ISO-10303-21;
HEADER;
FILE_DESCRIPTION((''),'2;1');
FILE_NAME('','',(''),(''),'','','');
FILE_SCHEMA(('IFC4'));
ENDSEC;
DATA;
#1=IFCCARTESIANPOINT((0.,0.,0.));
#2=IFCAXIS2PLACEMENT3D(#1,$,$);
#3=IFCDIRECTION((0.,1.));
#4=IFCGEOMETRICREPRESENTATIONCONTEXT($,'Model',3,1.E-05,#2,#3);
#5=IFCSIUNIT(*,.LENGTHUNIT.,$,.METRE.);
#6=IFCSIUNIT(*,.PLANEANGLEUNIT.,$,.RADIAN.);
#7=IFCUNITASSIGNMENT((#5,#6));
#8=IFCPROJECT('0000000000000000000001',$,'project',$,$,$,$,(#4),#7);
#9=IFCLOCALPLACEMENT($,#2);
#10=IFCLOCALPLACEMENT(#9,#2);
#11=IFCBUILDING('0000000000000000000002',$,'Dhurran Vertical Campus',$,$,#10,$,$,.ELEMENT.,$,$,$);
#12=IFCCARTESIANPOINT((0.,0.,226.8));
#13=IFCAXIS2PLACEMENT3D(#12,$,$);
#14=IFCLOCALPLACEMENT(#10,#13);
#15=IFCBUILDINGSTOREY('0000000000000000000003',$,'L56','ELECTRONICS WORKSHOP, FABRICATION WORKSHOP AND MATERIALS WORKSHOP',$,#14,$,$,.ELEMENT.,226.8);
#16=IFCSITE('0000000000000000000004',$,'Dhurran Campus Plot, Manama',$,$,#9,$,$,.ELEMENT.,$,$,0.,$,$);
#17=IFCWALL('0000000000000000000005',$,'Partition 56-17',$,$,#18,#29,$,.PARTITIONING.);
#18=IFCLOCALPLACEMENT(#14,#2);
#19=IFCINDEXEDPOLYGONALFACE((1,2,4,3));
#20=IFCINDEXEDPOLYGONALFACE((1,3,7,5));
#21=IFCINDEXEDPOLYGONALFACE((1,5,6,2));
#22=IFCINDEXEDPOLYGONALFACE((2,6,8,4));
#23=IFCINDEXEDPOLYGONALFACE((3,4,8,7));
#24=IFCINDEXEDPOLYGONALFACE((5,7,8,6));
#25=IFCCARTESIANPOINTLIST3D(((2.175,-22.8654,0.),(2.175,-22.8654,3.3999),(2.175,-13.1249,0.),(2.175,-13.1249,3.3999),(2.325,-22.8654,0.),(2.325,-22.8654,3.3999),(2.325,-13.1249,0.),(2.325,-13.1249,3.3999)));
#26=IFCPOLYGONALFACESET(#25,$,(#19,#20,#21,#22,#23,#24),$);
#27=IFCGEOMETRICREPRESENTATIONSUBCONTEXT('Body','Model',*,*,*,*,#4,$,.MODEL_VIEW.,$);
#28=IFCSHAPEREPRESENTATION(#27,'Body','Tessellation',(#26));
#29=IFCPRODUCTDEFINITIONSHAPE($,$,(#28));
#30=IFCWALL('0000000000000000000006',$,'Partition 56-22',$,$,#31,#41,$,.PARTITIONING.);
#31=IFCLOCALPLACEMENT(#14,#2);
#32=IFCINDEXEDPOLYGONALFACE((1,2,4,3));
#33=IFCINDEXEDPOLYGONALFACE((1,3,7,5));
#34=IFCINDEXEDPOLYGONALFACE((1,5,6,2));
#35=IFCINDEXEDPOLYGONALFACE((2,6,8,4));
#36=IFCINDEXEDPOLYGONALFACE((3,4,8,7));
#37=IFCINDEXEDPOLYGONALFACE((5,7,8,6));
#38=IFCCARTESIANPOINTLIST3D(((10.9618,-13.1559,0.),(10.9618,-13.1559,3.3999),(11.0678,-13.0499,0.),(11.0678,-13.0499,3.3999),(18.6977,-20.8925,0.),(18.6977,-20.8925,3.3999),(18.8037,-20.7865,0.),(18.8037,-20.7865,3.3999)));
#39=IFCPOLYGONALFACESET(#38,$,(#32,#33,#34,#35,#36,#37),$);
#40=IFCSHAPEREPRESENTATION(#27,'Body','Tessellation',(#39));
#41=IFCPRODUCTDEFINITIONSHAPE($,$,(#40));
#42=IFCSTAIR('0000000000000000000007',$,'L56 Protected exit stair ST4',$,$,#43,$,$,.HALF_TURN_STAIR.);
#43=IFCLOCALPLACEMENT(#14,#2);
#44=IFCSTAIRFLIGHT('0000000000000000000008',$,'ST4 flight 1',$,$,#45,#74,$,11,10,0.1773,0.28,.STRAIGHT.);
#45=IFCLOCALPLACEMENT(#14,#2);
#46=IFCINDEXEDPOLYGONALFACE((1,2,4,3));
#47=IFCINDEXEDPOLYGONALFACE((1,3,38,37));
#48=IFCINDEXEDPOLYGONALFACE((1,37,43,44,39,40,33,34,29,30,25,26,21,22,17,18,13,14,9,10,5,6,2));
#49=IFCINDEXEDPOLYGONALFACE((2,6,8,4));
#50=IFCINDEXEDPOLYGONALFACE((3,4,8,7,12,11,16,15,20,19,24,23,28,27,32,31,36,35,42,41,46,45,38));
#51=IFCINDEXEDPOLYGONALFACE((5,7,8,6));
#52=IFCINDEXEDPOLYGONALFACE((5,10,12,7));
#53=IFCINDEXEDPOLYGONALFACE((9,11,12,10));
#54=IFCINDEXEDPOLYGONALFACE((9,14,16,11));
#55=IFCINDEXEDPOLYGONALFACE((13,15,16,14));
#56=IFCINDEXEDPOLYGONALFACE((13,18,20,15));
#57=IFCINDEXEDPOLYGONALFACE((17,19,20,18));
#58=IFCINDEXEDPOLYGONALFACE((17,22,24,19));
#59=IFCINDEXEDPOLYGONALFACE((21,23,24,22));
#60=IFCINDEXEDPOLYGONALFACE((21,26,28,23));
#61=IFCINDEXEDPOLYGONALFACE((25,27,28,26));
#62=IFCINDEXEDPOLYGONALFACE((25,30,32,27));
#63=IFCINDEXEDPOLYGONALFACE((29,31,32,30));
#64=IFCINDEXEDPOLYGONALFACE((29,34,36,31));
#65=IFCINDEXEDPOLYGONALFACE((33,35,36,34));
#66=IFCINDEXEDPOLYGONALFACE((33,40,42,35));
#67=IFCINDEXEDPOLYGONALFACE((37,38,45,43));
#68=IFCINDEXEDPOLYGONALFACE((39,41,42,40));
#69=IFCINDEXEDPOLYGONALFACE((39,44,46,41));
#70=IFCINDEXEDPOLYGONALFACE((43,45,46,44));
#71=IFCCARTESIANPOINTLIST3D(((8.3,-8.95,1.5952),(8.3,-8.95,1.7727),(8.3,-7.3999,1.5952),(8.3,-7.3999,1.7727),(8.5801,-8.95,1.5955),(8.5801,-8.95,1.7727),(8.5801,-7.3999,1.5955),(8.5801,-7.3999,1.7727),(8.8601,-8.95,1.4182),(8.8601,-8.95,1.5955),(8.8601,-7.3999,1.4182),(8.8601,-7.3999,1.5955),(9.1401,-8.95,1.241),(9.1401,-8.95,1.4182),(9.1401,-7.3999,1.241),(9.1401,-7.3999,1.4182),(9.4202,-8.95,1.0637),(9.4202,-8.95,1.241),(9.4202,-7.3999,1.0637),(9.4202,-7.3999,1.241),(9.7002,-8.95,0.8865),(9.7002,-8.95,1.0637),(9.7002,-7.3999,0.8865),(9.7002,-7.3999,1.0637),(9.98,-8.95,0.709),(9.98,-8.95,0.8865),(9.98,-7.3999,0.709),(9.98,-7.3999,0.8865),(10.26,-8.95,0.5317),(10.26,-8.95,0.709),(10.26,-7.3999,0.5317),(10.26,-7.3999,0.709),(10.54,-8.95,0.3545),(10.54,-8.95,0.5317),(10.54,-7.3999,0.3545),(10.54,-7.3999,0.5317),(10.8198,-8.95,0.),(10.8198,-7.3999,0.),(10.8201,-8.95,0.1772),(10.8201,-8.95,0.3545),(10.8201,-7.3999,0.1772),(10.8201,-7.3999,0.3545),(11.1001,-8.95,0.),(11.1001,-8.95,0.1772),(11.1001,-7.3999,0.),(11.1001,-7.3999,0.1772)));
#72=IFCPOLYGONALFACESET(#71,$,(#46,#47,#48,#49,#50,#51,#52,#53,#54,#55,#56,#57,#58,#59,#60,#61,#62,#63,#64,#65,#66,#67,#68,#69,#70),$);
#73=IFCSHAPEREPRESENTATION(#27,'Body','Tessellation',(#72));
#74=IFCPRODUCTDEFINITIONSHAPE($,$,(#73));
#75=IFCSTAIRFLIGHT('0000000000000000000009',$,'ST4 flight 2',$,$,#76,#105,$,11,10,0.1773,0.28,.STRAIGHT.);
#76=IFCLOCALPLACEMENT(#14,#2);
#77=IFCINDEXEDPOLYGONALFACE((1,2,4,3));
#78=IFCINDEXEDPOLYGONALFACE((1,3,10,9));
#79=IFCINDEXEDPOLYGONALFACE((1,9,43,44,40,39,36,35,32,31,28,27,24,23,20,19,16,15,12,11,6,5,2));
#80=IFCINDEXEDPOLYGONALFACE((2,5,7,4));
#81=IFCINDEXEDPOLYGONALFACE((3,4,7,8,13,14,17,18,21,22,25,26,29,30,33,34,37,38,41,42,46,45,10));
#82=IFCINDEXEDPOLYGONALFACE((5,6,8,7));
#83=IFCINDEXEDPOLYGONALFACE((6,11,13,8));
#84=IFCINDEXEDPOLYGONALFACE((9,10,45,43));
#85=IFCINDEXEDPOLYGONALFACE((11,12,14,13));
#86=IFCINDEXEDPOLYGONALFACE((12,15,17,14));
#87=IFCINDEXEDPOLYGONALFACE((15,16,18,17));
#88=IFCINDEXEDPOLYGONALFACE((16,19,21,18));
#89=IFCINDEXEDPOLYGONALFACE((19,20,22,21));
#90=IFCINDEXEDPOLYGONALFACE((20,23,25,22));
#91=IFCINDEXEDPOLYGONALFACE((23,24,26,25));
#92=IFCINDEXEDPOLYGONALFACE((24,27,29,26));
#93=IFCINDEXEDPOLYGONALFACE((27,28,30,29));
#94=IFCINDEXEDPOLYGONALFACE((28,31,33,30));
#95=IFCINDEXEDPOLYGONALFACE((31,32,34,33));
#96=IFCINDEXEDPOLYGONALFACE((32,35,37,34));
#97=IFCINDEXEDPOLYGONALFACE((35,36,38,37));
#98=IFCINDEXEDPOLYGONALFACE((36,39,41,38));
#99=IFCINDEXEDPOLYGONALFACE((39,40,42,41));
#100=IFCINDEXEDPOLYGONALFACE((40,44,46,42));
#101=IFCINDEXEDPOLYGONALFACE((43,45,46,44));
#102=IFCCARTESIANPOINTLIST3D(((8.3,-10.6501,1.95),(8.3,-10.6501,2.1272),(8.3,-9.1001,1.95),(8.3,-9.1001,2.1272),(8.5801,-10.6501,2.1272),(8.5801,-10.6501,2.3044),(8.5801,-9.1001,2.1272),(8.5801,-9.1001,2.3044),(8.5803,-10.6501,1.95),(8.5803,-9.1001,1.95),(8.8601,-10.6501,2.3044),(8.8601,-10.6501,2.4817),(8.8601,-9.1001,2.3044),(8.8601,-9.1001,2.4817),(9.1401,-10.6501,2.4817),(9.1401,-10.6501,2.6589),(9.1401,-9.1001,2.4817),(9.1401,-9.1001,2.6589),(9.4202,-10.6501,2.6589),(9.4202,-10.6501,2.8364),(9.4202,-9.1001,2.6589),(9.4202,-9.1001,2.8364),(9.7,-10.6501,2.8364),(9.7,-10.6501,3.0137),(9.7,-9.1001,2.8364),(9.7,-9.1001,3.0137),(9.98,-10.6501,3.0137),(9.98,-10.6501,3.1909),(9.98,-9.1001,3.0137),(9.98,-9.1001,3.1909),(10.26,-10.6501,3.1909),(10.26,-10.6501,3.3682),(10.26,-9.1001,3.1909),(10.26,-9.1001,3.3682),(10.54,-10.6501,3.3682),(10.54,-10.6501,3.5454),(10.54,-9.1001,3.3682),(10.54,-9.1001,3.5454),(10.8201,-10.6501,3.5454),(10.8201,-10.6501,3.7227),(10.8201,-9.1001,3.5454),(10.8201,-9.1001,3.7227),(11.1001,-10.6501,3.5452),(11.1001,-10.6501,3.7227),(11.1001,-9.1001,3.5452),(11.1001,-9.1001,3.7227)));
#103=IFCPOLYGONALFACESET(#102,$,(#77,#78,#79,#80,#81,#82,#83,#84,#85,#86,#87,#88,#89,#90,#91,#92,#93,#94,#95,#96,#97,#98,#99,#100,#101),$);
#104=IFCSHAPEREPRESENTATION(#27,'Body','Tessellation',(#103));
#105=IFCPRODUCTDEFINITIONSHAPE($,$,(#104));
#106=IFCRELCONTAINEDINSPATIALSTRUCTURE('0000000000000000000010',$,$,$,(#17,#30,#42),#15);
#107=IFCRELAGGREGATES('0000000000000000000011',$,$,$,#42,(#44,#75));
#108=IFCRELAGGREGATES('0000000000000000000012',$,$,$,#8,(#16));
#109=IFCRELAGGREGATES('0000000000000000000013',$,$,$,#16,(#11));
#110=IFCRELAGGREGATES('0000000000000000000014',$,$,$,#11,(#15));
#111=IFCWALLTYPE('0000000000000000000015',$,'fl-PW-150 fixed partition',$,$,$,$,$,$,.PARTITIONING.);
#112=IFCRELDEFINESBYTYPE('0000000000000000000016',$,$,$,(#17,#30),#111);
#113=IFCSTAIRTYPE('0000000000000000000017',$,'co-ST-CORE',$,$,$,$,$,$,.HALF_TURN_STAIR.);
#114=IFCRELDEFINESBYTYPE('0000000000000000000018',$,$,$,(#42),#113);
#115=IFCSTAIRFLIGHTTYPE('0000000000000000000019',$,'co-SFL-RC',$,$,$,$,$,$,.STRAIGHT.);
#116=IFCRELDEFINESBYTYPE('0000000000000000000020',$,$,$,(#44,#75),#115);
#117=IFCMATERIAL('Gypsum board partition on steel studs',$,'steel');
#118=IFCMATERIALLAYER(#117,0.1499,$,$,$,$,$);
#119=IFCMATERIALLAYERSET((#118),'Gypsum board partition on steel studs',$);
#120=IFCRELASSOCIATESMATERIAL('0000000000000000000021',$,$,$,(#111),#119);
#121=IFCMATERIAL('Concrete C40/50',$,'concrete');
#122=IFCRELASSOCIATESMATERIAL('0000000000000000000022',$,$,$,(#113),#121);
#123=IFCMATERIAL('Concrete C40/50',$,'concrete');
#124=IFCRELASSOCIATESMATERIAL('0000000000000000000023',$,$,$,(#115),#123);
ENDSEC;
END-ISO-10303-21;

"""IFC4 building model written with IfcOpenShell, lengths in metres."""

from ifc_helpers import new_model, si_unit, direction, frame, frame_2d, origin, place, context, subcontext, project, spatial, polyline, rectangle, outline, extrude, material, layer, layer_set, type_object, element, aggregate, save


model = new_model("IFC4")

# Units and contexts
model_context = context("Model", 3, precision=1e-05, world=origin(), true_north=direction((0.0, 1.0)))
body_context = subcontext(model_context, "Body", "Model", "MODEL_VIEW")
ifc_project = project(units=[si_unit("LENGTHUNIT", "METRE"), si_unit("PLANEANGLEUNIT", "RADIAN")], contexts=[model_context])

# Site, building, storey
site_placement = place(None, origin())
site = spatial("IfcSite", under=ifc_project, at=site_placement, Name="Dhurran Campus Plot, Manama", CompositionType="ELEMENT", RefElevation=0.0)
building_placement = place(site_placement, origin())
building = spatial("IfcBuilding", under=site, at=building_placement, Name="Dhurran Vertical Campus", CompositionType="ELEMENT")
storey_placement = place(building_placement, frame((0.0, 0.0, 226.8)))
storey = spatial("IfcBuildingStorey", under=building, at=storey_placement, Name="L56", Description="ELECTRONICS WORKSHOP, FABRICATION WORKSHOP AND MATERIALS WORKSHOP", CompositionType="ELEMENT", Elevation=226.8)

# Walls
ifc_material_1 = material(Name="Gypsum board partition on steel studs", Category="steel")
ifc_layer_1 = layer(ifc_material_1, 0.1499)
ifc_layer_set_1 = layer_set([ifc_layer_1], Name="Gypsum board partition on steel studs")
wall_type_1 = type_object("IfcWallType", Name="fl-PW-150 fixed partition", PredefinedType="PARTITIONING", material=ifc_layer_set_1)
wall_1_placement = place(storey_placement, frame((2.25, -13.125, 0.0), z_axis=(0.0, 0.0, 1.0), x_axis=(0.0, -1.0, 0.0)))
element("IfcWall", 1, at=wall_1_placement, inside=storey, type_object=wall_type_1, Name="Partition 56-17", PredefinedType="PARTITIONING", context=body_context, shape_type="SweptSolid", body=[
    extrude(rectangle(XDim=9.7405, YDim=0.1499, at=frame_2d((4.8701, 0.0))), origin(), (0.0, 0.0, 1.0), 3.3999),
])
wall_2_placement = place(storey_placement, frame((11.0149, -13.103, 0.0), z_axis=(0.0, 0.0, 1.0), x_axis=(0.707073, -0.70714, 0.0)))
element("IfcWall", 2, at=wall_2_placement, inside=storey, type_object=wall_type_1, Name="Partition 56-22", PredefinedType="PARTITIONING", context=body_context, shape_type="SweptSolid", body=[
    extrude(rectangle(XDim=10.9407, YDim=0.1499, at=frame_2d((5.4702, 0.0))), origin(), (0.0, 0.0, 1.0), 3.3999),
])

# Stair, stair flights
ifc_material_2 = material(Name="Concrete C40/50", Category="concrete")
stair_type = type_object("IfcStairType", Name="co-ST-CORE", PredefinedType="HALF_TURN_STAIR", material=ifc_material_2)
stair_placement = place(storey_placement, origin())
stair = element("IfcStair", 3, at=stair_placement, inside=storey, type_object=stair_type, Name="L56 Protected exit stair ST4", PredefinedType="HALF_TURN_STAIR")
ifc_material_3 = material(Name="Concrete C40/50", Category="concrete")
stair_flight_type = type_object("IfcStairFlightType", Name="co-SFL-RC", PredefinedType="STRAIGHT", material=ifc_material_3)
stair_flight_1_placement = place(storey_placement, frame((11.1001, -8.175, 0.0), z_axis=(0.0, 0.0, 1.0), x_axis=(-1.0, 0.0, 0.0)))
stair_flight_1 = element("IfcStairFlight", 4, at=stair_flight_1_placement, type_object=stair_flight_type, Name="ST4 flight 1", NumberOfRisers=11, NumberOfTreads=10, PredefinedType="STRAIGHT", RiserHeight=0.1773, TreadLength=0.28, context=body_context, shape_type="SweptSolid", body=[
    extrude(outline(polyline([(0.0, 0.0), (0.0, 0.1772), (0.28, 0.1772), (0.28, 0.3545), (0.5601, 0.3545), (0.5601, 0.5317), (0.8401, 0.5317), (0.8401, 0.709), (1.1201, 0.709), (1.1201, 0.8865), (1.3999, 0.8865), (1.3999, 1.0637), (1.6799, 1.0637), (1.6799, 1.241), (1.96, 1.241), (1.96, 1.4182), (2.24, 1.4182), (2.24, 1.5955), (2.52, 1.5955), (2.52, 1.7727), (2.8, 1.7727), (2.8, 1.95), (2.8, 1.5952), (0.2803, 0.0), (0.0, 0.0)])), frame((0.0, 0.7749, 0.0), z_axis=(0.0, -1.0, 0.0), x_axis=(1.0, 0.0, 0.0)), (0.0, 0.0, 1.0), 1.55),
])
stair_flight_2_placement = place(storey_placement, frame((8.3, -9.875, 1.95), z_axis=(0.0, 0.0, 1.0), x_axis=(1.0, 0.0, 0.0)))
stair_flight_2 = element("IfcStairFlight", 5, at=stair_flight_2_placement, type_object=stair_flight_type, Name="ST4 flight 2", NumberOfRisers=11, NumberOfTreads=10, PredefinedType="STRAIGHT", RiserHeight=0.1773, TreadLength=0.28, context=body_context, shape_type="SweptSolid", body=[
    extrude(outline(polyline([(0.0, 0.0), (0.0, 0.1772), (0.28, 0.1772), (0.28, 0.3545), (0.5601, 0.3545), (0.5601, 0.5317), (0.8401, 0.5317), (0.8401, 0.709), (1.1201, 0.709), (1.1201, 0.8865), (1.3999, 0.8865), (1.3999, 1.0637), (1.6799, 1.0637), (1.6799, 1.241), (1.96, 1.241), (1.96, 1.4182), (2.24, 1.4182), (2.24, 1.5955), (2.52, 1.5955), (2.52, 1.7727), (2.8, 1.7727), (2.8, 1.95), (2.8, 1.5952), (0.2803, 0.0), (0.0, 0.0)])), frame((0.0, 0.7749, 0.0), z_axis=(0.0, -1.0, 0.0), x_axis=(1.0, 0.0, 0.0)), (0.0, 0.0, 1.0), 1.55),
])
aggregate(stair, [stair_flight_1, stair_flight_2])

save(model, "model.ifc")
